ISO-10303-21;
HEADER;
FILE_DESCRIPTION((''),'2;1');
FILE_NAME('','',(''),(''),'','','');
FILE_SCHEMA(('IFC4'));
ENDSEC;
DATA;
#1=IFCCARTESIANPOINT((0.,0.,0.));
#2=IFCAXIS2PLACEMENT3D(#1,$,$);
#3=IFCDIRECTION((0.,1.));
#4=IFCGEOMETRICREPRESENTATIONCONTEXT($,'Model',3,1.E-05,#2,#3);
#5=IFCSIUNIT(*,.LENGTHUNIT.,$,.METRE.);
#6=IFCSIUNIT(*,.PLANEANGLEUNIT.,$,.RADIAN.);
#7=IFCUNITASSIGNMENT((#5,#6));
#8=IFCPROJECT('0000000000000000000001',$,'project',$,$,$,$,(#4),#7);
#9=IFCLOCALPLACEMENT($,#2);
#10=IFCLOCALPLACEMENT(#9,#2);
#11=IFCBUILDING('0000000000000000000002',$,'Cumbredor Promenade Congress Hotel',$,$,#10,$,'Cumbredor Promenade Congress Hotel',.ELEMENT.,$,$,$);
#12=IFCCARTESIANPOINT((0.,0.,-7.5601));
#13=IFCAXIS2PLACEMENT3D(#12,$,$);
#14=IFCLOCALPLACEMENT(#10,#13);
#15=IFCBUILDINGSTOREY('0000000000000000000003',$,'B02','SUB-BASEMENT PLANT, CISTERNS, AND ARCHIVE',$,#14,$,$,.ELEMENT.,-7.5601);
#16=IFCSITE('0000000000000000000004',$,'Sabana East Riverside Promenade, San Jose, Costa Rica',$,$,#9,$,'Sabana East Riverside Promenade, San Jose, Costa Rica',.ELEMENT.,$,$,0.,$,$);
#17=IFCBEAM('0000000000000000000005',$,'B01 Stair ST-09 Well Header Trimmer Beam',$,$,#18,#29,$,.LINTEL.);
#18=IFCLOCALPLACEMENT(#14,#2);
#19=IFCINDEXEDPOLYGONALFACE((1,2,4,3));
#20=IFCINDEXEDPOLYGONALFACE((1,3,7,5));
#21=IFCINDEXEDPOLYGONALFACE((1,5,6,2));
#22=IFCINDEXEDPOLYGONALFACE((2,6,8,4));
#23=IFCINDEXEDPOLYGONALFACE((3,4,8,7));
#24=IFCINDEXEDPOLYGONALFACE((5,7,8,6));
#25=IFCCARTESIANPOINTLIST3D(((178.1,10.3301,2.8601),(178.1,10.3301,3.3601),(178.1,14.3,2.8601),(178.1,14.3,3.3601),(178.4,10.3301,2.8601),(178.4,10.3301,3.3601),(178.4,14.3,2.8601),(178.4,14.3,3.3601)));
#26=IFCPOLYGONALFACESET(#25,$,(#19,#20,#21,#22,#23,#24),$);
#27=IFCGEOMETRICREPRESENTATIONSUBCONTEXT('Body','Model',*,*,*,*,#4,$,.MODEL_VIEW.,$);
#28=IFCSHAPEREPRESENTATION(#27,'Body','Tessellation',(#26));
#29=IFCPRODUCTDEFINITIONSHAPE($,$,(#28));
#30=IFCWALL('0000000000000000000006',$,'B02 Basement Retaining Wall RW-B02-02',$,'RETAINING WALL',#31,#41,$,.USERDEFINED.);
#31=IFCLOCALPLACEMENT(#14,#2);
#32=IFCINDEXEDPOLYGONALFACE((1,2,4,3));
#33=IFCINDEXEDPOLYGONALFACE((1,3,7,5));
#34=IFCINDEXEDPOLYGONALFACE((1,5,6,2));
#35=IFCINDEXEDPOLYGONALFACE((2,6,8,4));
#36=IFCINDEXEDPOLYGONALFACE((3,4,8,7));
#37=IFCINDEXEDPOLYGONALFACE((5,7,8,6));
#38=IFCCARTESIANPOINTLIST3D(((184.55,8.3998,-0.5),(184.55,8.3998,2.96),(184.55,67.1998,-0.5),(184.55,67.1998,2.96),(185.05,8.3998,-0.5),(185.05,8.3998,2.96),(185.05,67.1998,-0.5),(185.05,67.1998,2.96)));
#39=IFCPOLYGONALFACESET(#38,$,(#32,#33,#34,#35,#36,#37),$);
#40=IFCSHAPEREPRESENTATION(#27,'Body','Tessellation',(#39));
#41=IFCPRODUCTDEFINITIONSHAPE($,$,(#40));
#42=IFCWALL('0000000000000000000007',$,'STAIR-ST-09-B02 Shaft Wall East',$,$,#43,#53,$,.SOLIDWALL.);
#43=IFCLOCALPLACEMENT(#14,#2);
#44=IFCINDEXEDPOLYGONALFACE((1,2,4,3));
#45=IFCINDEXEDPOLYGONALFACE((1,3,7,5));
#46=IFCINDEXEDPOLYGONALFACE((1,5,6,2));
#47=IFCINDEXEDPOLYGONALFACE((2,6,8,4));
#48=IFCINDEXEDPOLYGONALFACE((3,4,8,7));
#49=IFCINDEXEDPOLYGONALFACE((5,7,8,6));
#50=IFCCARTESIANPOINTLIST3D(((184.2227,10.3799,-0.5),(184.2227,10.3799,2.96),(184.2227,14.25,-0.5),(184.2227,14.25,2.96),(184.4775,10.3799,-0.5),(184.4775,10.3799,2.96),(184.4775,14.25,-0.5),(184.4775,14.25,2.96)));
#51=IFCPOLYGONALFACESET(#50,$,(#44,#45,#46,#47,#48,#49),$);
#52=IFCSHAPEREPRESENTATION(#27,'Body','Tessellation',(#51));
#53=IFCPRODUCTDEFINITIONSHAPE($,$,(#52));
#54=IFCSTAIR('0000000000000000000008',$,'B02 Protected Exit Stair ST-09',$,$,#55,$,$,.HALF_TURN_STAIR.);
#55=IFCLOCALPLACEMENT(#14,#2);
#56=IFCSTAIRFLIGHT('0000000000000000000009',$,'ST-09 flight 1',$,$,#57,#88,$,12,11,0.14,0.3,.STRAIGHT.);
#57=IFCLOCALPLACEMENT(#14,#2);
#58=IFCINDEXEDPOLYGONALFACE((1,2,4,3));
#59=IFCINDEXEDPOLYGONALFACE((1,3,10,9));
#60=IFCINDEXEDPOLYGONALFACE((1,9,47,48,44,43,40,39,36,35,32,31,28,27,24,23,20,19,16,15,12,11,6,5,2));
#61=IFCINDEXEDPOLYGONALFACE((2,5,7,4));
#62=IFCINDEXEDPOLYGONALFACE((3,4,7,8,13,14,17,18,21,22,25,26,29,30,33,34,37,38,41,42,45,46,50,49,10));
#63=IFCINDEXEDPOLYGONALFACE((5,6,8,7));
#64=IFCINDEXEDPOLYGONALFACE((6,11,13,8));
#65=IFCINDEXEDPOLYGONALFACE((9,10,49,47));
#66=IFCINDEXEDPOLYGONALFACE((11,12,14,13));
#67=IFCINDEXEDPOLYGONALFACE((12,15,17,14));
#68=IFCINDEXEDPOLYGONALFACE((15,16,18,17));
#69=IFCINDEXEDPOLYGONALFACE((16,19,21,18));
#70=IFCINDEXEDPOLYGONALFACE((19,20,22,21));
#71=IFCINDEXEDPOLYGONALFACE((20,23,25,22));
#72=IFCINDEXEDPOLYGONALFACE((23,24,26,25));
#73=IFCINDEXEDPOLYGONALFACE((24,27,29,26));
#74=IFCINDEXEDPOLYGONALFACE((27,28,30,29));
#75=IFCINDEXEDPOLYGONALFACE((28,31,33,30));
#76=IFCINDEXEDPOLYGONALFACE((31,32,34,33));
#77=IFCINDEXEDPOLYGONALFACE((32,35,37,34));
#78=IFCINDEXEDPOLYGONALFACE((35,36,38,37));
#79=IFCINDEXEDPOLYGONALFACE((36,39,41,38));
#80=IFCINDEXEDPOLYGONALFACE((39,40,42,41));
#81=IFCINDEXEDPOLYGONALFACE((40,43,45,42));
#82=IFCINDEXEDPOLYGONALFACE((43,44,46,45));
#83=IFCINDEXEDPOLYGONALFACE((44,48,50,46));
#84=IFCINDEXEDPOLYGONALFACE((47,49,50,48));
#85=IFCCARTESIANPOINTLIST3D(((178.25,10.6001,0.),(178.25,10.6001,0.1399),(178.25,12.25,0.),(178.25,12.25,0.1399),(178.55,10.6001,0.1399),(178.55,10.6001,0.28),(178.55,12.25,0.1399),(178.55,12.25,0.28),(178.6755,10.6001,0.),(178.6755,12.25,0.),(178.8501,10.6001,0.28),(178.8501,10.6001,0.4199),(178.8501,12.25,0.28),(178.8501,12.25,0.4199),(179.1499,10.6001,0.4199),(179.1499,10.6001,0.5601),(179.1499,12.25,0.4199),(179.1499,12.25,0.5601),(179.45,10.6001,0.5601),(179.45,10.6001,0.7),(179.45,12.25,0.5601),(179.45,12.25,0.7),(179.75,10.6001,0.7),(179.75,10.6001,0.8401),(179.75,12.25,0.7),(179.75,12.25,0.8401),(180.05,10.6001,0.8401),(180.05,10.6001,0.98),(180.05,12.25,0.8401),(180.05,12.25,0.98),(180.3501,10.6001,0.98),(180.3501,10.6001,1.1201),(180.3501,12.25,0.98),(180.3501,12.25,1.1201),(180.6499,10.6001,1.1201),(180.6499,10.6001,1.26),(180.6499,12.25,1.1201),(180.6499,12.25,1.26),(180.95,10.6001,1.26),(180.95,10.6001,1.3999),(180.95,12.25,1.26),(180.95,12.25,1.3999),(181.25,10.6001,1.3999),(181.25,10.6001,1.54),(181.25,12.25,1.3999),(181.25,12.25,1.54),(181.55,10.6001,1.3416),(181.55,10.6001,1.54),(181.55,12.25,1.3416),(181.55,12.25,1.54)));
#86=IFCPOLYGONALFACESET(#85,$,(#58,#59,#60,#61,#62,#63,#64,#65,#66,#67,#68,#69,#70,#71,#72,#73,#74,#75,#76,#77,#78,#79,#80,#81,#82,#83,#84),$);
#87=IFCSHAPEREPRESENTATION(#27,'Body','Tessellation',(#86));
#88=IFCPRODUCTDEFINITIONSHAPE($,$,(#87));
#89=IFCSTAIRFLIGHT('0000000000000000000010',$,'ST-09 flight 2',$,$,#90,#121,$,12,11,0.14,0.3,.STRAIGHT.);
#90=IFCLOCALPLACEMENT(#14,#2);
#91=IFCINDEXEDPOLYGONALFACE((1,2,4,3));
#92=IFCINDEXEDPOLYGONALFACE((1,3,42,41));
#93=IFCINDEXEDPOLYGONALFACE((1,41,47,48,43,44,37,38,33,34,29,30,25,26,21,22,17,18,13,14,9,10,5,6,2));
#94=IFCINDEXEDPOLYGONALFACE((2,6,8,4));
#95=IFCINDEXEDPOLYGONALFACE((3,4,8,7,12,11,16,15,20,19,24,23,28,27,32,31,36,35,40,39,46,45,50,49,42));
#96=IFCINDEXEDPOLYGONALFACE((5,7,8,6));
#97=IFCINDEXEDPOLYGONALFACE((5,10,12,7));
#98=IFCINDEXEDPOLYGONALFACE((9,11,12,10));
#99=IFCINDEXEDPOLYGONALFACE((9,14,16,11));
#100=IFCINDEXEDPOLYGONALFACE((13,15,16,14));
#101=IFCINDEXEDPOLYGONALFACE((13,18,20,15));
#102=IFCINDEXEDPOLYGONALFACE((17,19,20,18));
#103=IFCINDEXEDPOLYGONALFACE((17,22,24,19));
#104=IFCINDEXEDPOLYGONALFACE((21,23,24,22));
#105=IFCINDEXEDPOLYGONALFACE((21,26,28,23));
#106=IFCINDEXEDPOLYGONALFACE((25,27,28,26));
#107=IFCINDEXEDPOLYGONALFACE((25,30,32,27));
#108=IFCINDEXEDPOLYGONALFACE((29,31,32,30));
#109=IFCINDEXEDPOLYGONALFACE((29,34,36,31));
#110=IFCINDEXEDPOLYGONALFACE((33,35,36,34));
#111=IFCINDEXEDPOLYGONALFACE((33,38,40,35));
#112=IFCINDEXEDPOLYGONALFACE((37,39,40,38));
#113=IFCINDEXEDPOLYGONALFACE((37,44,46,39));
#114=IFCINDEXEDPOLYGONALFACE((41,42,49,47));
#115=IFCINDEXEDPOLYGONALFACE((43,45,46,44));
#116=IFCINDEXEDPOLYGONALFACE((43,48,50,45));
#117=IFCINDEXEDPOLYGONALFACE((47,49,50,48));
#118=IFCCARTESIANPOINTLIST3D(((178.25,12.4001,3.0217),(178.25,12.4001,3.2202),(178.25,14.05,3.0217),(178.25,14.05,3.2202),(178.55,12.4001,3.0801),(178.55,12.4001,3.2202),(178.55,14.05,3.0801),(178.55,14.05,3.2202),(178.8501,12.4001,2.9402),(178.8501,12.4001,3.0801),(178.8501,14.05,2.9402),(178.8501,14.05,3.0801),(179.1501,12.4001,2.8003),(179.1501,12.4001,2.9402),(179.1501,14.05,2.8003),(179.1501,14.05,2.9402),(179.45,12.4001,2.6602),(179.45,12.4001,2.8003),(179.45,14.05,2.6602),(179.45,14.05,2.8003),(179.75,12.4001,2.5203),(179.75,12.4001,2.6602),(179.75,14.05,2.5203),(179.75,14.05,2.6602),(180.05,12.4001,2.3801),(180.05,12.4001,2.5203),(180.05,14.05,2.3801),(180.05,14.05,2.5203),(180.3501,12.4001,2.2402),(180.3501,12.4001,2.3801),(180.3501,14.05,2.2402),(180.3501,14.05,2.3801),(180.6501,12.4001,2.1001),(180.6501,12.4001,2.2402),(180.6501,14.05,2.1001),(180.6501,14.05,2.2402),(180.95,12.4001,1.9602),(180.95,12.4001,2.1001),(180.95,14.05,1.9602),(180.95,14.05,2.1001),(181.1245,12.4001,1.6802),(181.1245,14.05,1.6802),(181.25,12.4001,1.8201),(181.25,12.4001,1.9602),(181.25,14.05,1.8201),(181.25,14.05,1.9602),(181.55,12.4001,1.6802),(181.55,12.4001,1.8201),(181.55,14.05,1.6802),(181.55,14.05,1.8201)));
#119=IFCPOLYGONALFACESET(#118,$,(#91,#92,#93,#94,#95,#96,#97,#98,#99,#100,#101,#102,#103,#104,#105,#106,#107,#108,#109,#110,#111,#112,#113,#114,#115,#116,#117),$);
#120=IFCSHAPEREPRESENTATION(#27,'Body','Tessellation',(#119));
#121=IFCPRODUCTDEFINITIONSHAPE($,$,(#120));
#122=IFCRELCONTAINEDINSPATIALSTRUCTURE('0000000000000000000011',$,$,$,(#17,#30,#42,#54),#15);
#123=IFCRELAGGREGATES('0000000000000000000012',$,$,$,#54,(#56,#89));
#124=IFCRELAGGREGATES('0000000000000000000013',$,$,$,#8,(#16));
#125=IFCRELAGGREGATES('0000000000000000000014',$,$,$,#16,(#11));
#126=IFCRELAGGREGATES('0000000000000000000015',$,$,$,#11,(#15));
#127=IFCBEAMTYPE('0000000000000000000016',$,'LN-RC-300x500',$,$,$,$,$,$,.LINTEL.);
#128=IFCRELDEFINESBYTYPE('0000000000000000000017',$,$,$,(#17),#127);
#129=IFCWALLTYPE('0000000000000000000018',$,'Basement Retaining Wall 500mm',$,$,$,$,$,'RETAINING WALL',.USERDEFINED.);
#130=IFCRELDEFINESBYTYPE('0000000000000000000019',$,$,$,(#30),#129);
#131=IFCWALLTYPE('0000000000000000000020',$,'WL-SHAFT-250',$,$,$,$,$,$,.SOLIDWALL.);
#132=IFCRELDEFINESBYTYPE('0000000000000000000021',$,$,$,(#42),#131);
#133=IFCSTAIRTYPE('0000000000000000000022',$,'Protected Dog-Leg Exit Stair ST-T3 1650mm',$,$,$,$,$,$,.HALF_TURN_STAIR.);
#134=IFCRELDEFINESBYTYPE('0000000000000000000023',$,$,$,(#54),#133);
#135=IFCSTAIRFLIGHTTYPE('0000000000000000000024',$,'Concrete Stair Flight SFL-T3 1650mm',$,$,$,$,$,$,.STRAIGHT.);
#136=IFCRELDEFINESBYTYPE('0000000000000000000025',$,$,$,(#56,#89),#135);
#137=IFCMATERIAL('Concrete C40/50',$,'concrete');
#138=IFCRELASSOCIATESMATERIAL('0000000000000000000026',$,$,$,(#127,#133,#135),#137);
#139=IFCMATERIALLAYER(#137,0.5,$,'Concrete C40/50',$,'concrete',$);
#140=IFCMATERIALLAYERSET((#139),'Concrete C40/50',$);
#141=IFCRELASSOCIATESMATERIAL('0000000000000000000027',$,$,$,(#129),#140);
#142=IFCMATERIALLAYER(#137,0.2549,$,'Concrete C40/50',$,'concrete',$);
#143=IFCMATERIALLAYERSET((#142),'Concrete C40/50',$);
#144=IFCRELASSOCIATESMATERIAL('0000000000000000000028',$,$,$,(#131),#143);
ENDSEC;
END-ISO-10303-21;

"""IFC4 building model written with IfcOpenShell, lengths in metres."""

from ifc_helpers import new_model, si_unit, direction, frame, frame_2d, origin, origin_2d, place, context, subcontext, project, spatial, polyline, rectangle, outline, extrude, material, layer, layer_set, material_profile, profile_set, type_object, element, aggregate, save


model = new_model("IFC4")

# Units and contexts
model_context = context("Model", 3, precision=1e-05, world=origin(), true_north=direction((0.0, 1.0)))
body_context = subcontext(model_context, "Body", "Model", "MODEL_VIEW")
ifc_project = project(units=[si_unit("LENGTHUNIT", "METRE"), si_unit("PLANEANGLEUNIT", "RADIAN")], contexts=[model_context])

# Site, building, storey
site_placement = place(None, origin())
site = spatial("IfcSite", under=ifc_project, at=site_placement, Name="Sabana East Riverside Promenade, San Jose, Costa Rica", LongName="Sabana East Riverside Promenade, San Jose, Costa Rica", CompositionType="ELEMENT", RefElevation=0.0)
building_placement = place(site_placement, origin())
building = spatial("IfcBuilding", under=site, at=building_placement, Name="Cumbredor Promenade Congress Hotel", LongName="Cumbredor Promenade Congress Hotel", CompositionType="ELEMENT")
storey_placement = place(building_placement, frame((0.0, 0.0, -7.5601)))
storey = spatial("IfcBuildingStorey", under=building, at=storey_placement, Name="B02", Description="SUB-BASEMENT PLANT, CISTERNS, AND ARCHIVE", CompositionType="ELEMENT", Elevation=-7.5601)

# Shared definitions
ifc_material_1 = material(Name="Concrete C40/50", Category="concrete")

# Beam
ifc_material_profile_1 = material_profile(ifc_material_1, rectangle(XDim=0.3, YDim=0.5, at=origin_2d()), Name="RC LINTEL 300x500")
ifc_profile_set_1 = profile_set([ifc_material_profile_1], Name="Concrete C40/50")
beam_type_1 = type_object("IfcBeamType", Name="LN-RC-300x500", PredefinedType="LINTEL", material=ifc_profile_set_1)
for number, where, z_axis, x_axis, name in (
    (1, (178.25, 10.3301, 3.1101), (0.0, 1.0, 0.0), (-1.0, 0.0, 0.0), "B01 Stair ST-09 Well Header Trimmer Beam"),
):
    element("IfcBeam", number, at=place(storey_placement, frame(where, z_axis=z_axis, x_axis=x_axis)), inside=storey, type_object=beam_type_1, Name=name, PredefinedType="LINTEL", context=body_context, shape_type="SweptSolid", body=[
        extrude(rectangle(XDim=0.3, YDim=0.5, at=origin_2d()), origin(), (0.0, 0.0, 1.0), 3.97),
    ])

# Walls
ifc_layer_1 = layer(ifc_material_1, 0.5, Name="Concrete C40/50", Category="concrete")
ifc_layer_set_1 = layer_set([ifc_layer_1], Name="Concrete C40/50")
wall_type_1 = type_object("IfcWallType", Name="Basement Retaining Wall 500mm", ElementType="RETAINING WALL", PredefinedType="USERDEFINED", material=ifc_layer_set_1)
wall_1_placement = place(storey_placement, frame((184.8, 8.3999, -0.5), z_axis=(0.0, 0.0, 1.0), x_axis=(0.0, 1.0, 0.0)))
element("IfcWall", 2, at=wall_1_placement, inside=storey, type_object=wall_type_1, Name="B02 Basement Retaining Wall RW-B02-02", ObjectType="RETAINING WALL", PredefinedType="USERDEFINED", context=body_context, shape_type="SweptSolid", body=[
    extrude(rectangle(XDim=58.8, YDim=0.5, at=frame_2d((29.3999, 0.0))), origin(), (0.0, 0.0, 1.0), 3.46),
])
ifc_layer_2 = layer(ifc_material_1, 0.2549, Name="Concrete C40/50", Category="concrete")
ifc_layer_set_2 = layer_set([ifc_layer_2], Name="Concrete C40/50")
wall_type_2 = type_object("IfcWallType", Name="WL-SHAFT-250", PredefinedType="SOLIDWALL", material=ifc_layer_set_2)
wall_2_placement = place(storey_placement, frame((184.3501, 10.3799, -0.5), z_axis=(0.0, 0.0, 1.0), x_axis=(0.0, 1.0, 0.0)))
element("IfcWall", 3, at=wall_2_placement, inside=storey, type_object=wall_type_2, Name="STAIR-ST-09-B02 Shaft Wall East", PredefinedType="SOLIDWALL", context=body_context, shape_type="SweptSolid", body=[
    extrude(rectangle(XDim=3.8701, YDim=0.2549, at=frame_2d((1.9351, 0.0))), origin(), (0.0, 0.0, 1.0), 3.46),
])

# Stair, stair flights
stair_type = type_object("IfcStairType", Name="Protected Dog-Leg Exit Stair ST-T3 1650mm", PredefinedType="HALF_TURN_STAIR", material=ifc_material_1)
stair_placement = place(storey_placement, origin())
stair = element("IfcStair", 4, at=stair_placement, inside=storey, type_object=stair_type, Name="B02 Protected Exit Stair ST-09", PredefinedType="HALF_TURN_STAIR")
stair_flight_type = type_object("IfcStairFlightType", Name="Concrete Stair Flight SFL-T3 1650mm", PredefinedType="STRAIGHT", material=ifc_material_1)
stair_flight_1_placement = place(storey_placement, frame((178.25, 11.425, 0.0), z_axis=(0.0, 0.0, 1.0), x_axis=(1.0, 0.0, 0.0)))
stair_flight_1 = element("IfcStairFlight", 5, at=stair_flight_1_placement, type_object=stair_flight_type, Name="ST-09 flight 1", NumberOfRisers=12, NumberOfTreads=11, PredefinedType="STRAIGHT", RiserHeight=0.14, TreadLength=0.3, context=body_context, shape_type="SweptSolid", body=[
    extrude(outline(polyline([(0.0, 0.0), (0.0, 0.1399), (0.3, 0.1399), (0.3, 0.28), (0.6001, 0.28), (0.6001, 0.4199), (0.8999, 0.4199), (0.8999, 0.5601), (1.2, 0.5601), (1.2, 0.7), (1.5, 0.7), (1.5, 0.8401), (1.8, 0.8401), (1.8, 0.98), (2.1001, 0.98), (2.1001, 1.1201), (2.3999, 1.1201), (2.3999, 1.26), (2.7, 1.26), (2.7, 1.3999), (3.0, 1.3999), (3.0, 1.54), (3.3, 1.54), (3.3, 1.6799), (3.3, 1.3416), (0.4255, 0.0), (0.0, 0.0)])), frame((0.0, 0.825, 0.0), z_axis=(0.0, -1.0, 0.0), x_axis=(1.0, 0.0, 0.0)), (0.0, 0.0, 1.0), 1.6499),
])
stair_flight_2_placement = place(storey_placement, frame((181.55, 13.2251, 1.6802), z_axis=(0.0, 0.0, 1.0), x_axis=(-1.0, 0.0, 0.0)))
stair_flight_2 = element("IfcStairFlight", 6, at=stair_flight_2_placement, type_object=stair_flight_type, Name="ST-09 flight 2", NumberOfRisers=12, NumberOfTreads=11, PredefinedType="STRAIGHT", RiserHeight=0.14, TreadLength=0.3, context=body_context, shape_type="SweptSolid", body=[
    extrude(outline(polyline([(0.0, 0.0), (0.0, 0.1399), (0.3, 0.1399), (0.3, 0.28), (0.6001, 0.28), (0.6001, 0.4199), (0.8999, 0.4199), (0.8999, 0.5601), (1.2, 0.5601), (1.2, 0.7), (1.5, 0.7), (1.5, 0.8401), (1.8, 0.8401), (1.8, 0.98), (2.1001, 0.98), (2.1001, 1.1201), (2.3999, 1.1201), (2.3999, 1.26), (2.7, 1.26), (2.7, 1.3999), (3.0, 1.3999), (3.0, 1.54), (3.3, 1.54), (3.3, 1.6799), (3.3, 1.3416), (0.4255, 0.0), (0.0, 0.0)])), frame((0.0, 0.825, 0.0), z_axis=(0.0, -1.0, 0.0), x_axis=(1.0, 0.0, 0.0)), (0.0, 0.0, 1.0), 1.6499),
])
aggregate(stair, [stair_flight_1, stair_flight_2])

save(model, "model.ifc")
